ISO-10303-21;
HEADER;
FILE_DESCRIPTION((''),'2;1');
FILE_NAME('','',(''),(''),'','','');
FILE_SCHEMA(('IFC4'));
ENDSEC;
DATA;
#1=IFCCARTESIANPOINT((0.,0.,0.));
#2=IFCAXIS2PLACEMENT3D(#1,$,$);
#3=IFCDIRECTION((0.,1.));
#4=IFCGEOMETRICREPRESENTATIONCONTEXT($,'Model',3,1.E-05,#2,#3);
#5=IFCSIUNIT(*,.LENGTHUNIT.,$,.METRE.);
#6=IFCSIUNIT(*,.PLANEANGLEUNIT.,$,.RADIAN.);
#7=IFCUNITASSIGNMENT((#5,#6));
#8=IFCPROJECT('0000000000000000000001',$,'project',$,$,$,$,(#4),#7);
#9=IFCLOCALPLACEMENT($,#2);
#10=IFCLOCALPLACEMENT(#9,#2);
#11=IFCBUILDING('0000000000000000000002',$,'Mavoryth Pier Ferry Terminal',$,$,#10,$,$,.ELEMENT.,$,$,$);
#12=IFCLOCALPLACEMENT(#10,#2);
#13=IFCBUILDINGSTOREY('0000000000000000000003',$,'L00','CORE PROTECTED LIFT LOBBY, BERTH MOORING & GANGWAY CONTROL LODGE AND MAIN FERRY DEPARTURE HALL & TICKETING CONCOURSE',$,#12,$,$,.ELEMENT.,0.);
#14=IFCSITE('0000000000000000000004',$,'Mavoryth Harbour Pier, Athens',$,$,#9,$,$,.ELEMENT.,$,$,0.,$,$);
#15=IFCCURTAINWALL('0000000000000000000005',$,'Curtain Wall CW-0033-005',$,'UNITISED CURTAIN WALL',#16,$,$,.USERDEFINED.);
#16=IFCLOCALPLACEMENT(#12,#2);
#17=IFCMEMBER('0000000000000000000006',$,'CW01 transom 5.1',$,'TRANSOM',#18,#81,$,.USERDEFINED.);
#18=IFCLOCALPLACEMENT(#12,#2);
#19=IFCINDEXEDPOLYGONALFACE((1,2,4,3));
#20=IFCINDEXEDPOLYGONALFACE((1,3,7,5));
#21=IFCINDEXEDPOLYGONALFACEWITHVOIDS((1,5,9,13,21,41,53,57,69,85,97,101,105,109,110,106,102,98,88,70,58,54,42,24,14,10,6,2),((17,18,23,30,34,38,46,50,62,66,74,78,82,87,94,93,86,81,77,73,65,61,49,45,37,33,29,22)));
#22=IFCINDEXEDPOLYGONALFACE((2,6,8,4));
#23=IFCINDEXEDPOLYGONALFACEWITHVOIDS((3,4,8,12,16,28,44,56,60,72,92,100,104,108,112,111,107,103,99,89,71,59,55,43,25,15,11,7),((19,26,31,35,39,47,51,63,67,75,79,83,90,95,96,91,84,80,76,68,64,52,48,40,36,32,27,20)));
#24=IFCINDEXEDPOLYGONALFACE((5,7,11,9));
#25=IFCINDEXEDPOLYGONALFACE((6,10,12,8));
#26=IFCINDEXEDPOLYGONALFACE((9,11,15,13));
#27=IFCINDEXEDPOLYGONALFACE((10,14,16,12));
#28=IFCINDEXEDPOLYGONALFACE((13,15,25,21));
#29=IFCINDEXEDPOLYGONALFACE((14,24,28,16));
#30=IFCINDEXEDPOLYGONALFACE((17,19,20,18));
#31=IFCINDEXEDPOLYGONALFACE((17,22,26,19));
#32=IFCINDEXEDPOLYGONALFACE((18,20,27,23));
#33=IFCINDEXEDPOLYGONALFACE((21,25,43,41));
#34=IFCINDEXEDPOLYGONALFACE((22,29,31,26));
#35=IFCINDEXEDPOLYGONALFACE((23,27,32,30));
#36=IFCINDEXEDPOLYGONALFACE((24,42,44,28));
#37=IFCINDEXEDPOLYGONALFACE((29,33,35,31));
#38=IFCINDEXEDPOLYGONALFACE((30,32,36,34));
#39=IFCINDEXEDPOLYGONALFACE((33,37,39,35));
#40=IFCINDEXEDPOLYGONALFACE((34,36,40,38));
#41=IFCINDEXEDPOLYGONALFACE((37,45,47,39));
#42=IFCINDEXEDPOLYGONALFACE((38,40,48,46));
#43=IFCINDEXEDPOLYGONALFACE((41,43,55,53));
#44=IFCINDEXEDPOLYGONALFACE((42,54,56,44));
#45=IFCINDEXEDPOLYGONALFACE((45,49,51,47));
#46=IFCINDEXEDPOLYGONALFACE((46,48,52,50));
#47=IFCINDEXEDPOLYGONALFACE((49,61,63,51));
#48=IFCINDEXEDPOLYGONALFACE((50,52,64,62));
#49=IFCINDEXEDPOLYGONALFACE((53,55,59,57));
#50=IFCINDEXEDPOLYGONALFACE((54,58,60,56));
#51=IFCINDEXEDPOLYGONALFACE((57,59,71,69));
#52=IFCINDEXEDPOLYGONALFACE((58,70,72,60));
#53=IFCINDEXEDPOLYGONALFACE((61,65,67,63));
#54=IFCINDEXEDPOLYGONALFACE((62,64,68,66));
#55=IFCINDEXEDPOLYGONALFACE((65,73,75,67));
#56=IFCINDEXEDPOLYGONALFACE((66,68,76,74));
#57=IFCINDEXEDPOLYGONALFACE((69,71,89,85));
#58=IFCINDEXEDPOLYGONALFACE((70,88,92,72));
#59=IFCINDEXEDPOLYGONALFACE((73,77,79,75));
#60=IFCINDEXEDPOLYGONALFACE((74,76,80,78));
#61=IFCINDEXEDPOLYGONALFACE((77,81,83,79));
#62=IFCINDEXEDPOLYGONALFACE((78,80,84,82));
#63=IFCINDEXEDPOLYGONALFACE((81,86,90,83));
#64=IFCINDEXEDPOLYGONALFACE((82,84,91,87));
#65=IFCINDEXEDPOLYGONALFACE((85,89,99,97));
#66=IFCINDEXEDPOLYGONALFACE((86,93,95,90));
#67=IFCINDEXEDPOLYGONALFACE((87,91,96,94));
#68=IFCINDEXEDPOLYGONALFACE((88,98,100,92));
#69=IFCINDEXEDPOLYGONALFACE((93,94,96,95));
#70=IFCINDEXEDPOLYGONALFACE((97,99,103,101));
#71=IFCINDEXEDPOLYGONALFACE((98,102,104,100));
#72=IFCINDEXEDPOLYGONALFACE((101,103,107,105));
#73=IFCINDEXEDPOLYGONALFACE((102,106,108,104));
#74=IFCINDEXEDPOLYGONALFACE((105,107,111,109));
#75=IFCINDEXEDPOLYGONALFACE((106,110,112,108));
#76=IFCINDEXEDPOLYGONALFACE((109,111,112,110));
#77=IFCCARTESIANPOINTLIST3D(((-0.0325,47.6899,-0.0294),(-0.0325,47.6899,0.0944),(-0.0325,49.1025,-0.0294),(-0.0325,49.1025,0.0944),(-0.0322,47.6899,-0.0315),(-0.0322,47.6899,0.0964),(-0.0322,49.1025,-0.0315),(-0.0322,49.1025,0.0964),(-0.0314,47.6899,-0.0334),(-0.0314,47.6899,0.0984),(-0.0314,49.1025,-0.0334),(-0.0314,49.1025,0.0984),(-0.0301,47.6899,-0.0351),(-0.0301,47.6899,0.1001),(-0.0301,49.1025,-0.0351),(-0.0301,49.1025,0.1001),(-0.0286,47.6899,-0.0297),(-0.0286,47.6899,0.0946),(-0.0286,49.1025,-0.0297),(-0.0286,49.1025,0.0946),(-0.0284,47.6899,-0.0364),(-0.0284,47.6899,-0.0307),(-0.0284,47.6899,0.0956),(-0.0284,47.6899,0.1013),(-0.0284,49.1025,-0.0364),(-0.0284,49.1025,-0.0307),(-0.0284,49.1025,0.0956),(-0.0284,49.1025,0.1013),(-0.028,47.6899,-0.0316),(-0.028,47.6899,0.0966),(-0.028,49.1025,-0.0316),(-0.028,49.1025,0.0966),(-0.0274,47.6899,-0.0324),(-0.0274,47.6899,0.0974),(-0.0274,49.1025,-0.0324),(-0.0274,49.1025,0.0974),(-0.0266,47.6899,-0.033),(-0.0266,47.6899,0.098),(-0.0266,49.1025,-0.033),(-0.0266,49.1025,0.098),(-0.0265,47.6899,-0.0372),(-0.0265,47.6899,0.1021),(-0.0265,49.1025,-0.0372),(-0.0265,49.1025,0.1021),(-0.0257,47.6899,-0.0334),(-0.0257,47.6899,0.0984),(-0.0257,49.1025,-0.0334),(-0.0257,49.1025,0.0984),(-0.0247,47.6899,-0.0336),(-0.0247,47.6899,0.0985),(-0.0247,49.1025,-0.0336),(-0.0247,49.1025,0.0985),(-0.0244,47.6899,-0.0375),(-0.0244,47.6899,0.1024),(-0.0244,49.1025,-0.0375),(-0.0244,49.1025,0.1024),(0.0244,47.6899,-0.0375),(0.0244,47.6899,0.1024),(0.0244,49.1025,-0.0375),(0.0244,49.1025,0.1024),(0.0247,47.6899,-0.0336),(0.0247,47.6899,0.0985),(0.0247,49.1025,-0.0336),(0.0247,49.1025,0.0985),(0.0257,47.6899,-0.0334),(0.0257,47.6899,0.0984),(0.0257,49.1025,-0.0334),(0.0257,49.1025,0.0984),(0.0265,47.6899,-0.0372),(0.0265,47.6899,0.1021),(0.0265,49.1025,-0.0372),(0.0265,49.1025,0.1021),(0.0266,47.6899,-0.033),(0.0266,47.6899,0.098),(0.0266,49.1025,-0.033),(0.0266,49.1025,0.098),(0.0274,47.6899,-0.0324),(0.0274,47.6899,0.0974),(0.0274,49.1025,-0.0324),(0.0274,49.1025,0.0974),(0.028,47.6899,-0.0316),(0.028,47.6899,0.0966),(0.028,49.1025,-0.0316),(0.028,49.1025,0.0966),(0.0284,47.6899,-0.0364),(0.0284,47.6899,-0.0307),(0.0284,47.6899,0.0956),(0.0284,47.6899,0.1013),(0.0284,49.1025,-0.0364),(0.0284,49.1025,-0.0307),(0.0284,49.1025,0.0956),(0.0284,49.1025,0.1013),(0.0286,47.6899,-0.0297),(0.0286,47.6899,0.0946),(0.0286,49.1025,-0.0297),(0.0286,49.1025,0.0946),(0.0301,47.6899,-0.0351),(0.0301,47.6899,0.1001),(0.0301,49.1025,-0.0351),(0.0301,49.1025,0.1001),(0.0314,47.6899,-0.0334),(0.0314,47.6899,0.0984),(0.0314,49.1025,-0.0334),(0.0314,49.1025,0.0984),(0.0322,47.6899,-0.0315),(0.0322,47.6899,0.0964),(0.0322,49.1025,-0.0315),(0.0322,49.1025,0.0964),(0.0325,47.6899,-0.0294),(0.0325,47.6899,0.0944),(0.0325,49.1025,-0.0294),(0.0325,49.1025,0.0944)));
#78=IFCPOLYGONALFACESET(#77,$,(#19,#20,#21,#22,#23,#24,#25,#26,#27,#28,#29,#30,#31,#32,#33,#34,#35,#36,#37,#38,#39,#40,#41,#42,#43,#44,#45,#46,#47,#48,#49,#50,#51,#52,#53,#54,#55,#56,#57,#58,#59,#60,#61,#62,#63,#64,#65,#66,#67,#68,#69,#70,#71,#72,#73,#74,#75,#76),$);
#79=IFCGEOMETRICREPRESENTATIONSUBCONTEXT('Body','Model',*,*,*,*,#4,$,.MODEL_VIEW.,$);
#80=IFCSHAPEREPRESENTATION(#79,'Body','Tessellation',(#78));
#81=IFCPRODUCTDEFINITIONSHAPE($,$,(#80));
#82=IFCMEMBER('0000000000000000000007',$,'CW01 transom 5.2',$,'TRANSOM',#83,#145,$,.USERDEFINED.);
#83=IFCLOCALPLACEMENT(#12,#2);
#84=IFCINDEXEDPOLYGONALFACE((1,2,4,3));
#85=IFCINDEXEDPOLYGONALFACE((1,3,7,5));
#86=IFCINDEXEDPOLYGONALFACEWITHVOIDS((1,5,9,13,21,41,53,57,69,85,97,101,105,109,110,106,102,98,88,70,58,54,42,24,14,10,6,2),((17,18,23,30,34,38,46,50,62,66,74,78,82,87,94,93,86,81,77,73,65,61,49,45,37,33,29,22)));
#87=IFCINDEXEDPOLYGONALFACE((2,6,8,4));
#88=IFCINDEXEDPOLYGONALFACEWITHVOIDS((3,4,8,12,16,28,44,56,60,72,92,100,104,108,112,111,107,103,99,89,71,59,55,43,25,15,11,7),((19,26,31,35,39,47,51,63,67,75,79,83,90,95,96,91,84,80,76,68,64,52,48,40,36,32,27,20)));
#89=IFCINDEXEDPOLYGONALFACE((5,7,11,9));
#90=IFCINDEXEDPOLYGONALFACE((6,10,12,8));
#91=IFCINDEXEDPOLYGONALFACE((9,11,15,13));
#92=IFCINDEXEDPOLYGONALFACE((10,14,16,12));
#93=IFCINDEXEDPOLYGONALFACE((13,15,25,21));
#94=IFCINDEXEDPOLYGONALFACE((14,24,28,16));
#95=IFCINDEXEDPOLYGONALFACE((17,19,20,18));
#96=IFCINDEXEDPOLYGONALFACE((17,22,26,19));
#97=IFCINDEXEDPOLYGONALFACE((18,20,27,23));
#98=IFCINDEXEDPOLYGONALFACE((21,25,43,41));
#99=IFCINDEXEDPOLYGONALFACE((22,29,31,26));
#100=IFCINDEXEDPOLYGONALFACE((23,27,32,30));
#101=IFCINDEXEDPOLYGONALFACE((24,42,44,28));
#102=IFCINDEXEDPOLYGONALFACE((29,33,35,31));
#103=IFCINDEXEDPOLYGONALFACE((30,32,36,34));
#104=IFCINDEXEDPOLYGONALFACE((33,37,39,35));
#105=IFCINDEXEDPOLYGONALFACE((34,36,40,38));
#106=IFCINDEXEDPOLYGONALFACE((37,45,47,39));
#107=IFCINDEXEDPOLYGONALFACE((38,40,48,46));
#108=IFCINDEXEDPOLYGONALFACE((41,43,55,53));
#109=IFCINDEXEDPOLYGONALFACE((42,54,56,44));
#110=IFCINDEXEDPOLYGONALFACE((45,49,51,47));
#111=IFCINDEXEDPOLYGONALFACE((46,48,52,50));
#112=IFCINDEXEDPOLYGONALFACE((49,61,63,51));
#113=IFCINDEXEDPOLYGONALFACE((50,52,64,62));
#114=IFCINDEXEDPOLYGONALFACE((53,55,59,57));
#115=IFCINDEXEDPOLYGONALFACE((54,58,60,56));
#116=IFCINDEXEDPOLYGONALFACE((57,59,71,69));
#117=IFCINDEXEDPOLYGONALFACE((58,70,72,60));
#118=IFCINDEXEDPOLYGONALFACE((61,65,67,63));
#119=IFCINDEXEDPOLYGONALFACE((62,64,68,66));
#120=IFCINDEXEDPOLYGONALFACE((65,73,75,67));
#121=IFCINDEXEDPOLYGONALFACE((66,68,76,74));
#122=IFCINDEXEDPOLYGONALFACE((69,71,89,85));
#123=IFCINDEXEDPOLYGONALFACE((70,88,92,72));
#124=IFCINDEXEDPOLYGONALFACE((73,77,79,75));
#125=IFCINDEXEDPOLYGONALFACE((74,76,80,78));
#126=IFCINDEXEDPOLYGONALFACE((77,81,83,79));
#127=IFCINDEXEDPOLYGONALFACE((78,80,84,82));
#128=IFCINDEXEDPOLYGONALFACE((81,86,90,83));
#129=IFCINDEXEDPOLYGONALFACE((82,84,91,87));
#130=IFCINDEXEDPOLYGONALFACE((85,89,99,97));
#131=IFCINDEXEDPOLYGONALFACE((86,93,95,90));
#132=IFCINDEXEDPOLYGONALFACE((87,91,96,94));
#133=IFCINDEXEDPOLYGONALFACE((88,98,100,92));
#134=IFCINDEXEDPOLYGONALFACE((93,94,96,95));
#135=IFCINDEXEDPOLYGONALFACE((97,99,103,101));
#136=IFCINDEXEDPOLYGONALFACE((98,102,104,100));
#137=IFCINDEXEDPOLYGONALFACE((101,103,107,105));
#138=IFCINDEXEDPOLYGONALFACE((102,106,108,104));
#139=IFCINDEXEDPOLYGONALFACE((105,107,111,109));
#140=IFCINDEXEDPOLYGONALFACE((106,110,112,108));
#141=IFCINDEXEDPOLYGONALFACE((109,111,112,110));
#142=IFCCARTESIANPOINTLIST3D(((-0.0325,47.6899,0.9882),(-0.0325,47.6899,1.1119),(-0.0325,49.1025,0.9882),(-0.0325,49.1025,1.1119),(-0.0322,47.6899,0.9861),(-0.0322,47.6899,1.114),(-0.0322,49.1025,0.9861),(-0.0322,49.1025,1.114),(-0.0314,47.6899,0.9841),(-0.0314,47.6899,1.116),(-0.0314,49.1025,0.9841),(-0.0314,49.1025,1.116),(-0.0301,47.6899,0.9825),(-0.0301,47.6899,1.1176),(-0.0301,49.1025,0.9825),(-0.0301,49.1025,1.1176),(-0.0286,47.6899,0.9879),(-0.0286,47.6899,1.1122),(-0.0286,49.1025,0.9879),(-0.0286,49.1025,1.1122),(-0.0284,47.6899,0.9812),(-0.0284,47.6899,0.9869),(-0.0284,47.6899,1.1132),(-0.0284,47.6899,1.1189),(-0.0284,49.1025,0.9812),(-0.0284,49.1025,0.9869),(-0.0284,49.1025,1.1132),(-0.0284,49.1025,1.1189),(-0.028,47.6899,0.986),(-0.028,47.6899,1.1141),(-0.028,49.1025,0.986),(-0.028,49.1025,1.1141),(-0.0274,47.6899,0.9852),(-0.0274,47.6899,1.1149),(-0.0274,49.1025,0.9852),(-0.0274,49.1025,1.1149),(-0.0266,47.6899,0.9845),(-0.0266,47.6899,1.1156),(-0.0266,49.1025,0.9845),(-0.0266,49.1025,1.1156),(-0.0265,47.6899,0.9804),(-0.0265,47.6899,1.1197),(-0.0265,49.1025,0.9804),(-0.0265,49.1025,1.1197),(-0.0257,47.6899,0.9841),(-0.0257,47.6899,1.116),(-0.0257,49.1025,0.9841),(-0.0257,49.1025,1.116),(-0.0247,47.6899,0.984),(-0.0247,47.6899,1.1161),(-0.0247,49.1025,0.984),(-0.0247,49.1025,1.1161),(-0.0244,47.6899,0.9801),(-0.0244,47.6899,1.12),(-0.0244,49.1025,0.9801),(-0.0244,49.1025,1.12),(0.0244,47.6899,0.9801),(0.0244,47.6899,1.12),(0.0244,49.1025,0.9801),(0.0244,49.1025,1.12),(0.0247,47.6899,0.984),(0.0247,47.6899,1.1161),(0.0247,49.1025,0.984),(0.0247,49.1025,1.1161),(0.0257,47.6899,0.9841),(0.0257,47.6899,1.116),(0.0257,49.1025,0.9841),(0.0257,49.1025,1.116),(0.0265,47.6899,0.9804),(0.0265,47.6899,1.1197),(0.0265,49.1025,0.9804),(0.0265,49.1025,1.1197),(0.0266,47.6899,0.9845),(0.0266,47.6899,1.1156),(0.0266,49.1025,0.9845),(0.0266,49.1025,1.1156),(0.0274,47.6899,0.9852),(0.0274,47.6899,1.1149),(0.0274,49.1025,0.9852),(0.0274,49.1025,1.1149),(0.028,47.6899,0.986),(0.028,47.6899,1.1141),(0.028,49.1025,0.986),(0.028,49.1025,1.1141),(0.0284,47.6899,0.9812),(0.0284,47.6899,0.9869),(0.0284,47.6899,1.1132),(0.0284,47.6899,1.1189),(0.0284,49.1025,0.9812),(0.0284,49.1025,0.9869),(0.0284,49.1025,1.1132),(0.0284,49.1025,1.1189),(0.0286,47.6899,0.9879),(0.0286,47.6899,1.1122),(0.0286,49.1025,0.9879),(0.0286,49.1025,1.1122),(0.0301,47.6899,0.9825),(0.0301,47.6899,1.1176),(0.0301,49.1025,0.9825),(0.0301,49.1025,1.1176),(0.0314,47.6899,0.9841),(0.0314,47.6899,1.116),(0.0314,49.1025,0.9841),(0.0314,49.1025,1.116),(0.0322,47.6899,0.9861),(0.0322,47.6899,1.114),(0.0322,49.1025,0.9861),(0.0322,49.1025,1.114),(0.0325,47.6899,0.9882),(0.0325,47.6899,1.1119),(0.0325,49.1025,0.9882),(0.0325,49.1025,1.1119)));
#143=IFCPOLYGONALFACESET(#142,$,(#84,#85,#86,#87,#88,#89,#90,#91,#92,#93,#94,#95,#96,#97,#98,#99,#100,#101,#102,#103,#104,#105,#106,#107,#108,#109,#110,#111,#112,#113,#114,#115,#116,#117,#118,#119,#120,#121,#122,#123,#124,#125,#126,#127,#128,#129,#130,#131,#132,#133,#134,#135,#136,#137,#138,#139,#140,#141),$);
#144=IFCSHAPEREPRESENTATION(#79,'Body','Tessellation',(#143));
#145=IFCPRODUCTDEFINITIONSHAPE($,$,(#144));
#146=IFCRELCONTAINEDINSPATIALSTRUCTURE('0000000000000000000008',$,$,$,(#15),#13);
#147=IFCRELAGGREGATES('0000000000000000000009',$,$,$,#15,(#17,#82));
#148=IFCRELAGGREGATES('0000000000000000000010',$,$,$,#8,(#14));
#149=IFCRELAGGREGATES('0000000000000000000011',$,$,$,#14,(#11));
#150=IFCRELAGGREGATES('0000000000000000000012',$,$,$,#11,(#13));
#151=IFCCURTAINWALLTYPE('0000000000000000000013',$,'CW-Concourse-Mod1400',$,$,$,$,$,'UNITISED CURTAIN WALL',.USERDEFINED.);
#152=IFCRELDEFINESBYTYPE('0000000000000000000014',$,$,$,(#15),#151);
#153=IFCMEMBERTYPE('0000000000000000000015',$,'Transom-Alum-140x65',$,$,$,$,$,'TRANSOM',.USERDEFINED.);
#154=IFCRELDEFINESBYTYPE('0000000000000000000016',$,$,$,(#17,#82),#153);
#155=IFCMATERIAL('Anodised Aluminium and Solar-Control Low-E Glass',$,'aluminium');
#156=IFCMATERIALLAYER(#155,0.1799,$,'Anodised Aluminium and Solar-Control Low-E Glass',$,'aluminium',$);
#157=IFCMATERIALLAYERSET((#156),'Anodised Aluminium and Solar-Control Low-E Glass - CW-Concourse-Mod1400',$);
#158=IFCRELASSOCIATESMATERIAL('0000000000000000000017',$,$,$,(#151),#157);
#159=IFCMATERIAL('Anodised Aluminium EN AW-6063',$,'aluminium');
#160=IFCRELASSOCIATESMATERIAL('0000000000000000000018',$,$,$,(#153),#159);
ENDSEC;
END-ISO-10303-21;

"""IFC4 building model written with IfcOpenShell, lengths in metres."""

from ifc_helpers import new_model, si_unit, direction, frame, origin, origin_2d, place, context, subcontext, project, spatial, hollow_rectangle, extrude, material, layer, layer_set, material_profile, profile_set, type_object, element, aggregate, save


model = new_model("IFC4")

# Units and contexts
model_context = context("Model", 3, precision=1e-05, world=origin(), true_north=direction((0.0, 1.0)))
body_context = subcontext(model_context, "Body", "Model", "MODEL_VIEW")
ifc_project = project(units=[si_unit("LENGTHUNIT", "METRE"), si_unit("PLANEANGLEUNIT", "RADIAN")], contexts=[model_context])

# Site, building, storey
site_placement = place(None, origin())
site = spatial("IfcSite", under=ifc_project, at=site_placement, Name="Mavoryth Harbour Pier, Athens", CompositionType="ELEMENT", RefElevation=0.0)
building_placement = place(site_placement, origin())
building = spatial("IfcBuilding", under=site, at=building_placement, Name="Mavoryth Pier Ferry Terminal", CompositionType="ELEMENT")
storey_placement = place(building_placement, origin())
storey = spatial("IfcBuildingStorey", under=building, at=storey_placement, Name="L00", Description="CORE PROTECTED LIFT LOBBY, BERTH MOORING & GANGWAY CONTROL LODGE AND MAIN FERRY DEPARTURE HALL & TICKETING CONCOURSE", CompositionType="ELEMENT", Elevation=0.0)

# Curtain wall, members
ifc_material_1 = material(Name="Anodised Aluminium and Solar-Control Low-E Glass", Category="aluminium")
ifc_layer_1 = layer(ifc_material_1, 0.1799, Name="Anodised Aluminium and Solar-Control Low-E Glass", Category="aluminium")
ifc_layer_set_1 = layer_set([ifc_layer_1], Name="Anodised Aluminium and Solar-Control Low-E Glass - CW-Concourse-Mod1400")
curtain_wall_type = type_object("IfcCurtainWallType", Name="CW-Concourse-Mod1400", ElementType="UNITISED CURTAIN WALL", PredefinedType="USERDEFINED", material=ifc_layer_set_1)
curtain_wall_placement = place(storey_placement, origin())
curtain_wall = element("IfcCurtainWall", 1, at=curtain_wall_placement, inside=storey, type_object=curtain_wall_type, Name="Curtain Wall CW-0033-005", ObjectType="UNITISED CURTAIN WALL", PredefinedType="USERDEFINED")
ifc_material_2 = material(Name="Anodised Aluminium EN AW-6063", Category="aluminium")
ifc_material_profile_1 = material_profile(ifc_material_2, hollow_rectangle(XDim=0.0649, YDim=0.1399, WallThickness=0.0039, InnerFilletRadius=0.0039, OuterFilletRadius=0.0081, at=origin_2d()), Name="AL-TRAN 140x65x4", Category="aluminium")
ifc_profile_set_1 = profile_set([ifc_material_profile_1], Name="Anodised Aluminium EN AW-6063 - AL-TRAN 140x65x4")
member_type_1 = type_object("IfcMemberType", Name="Transom-Alum-140x65", ElementType="TRANSOM", PredefinedType="USERDEFINED", material=ifc_profile_set_1)
member_1_placement = place(storey_placement, frame((0.0, 49.1025, 0.0325), z_axis=(0.0, -1.0, 0.0), x_axis=(1.0, 0.0, 0.0)))
member_1 = element("IfcMember", 2, at=member_1_placement, type_object=member_type_1, Name="CW01 transom 5.1", ObjectType="TRANSOM", PredefinedType="USERDEFINED", context=body_context, shape_type="SweptSolid", body=[
    extrude(hollow_rectangle(XDim=0.0649, YDim=0.1399, WallThickness=0.0039, InnerFilletRadius=0.0039, OuterFilletRadius=0.0081, at=origin_2d()), origin(), (0.0, 0.0, 1.0), 1.4126),
])
member_2_placement = place(storey_placement, frame((0.0, 49.1025, 1.05), z_axis=(0.0, -1.0, 0.0), x_axis=(1.0, 0.0, 0.0)))
member_2 = element("IfcMember", 3, at=member_2_placement, type_object=member_type_1, Name="CW01 transom 5.2", ObjectType="TRANSOM", PredefinedType="USERDEFINED", context=body_context, shape_type="SweptSolid", body=[
    extrude(hollow_rectangle(XDim=0.0649, YDim=0.1399, WallThickness=0.0039, InnerFilletRadius=0.0039, OuterFilletRadius=0.0081, at=origin_2d()), origin(), (0.0, 0.0, 1.0), 1.4126),
])
aggregate(curtain_wall, [member_1, member_2])

save(model, "model.ifc")
